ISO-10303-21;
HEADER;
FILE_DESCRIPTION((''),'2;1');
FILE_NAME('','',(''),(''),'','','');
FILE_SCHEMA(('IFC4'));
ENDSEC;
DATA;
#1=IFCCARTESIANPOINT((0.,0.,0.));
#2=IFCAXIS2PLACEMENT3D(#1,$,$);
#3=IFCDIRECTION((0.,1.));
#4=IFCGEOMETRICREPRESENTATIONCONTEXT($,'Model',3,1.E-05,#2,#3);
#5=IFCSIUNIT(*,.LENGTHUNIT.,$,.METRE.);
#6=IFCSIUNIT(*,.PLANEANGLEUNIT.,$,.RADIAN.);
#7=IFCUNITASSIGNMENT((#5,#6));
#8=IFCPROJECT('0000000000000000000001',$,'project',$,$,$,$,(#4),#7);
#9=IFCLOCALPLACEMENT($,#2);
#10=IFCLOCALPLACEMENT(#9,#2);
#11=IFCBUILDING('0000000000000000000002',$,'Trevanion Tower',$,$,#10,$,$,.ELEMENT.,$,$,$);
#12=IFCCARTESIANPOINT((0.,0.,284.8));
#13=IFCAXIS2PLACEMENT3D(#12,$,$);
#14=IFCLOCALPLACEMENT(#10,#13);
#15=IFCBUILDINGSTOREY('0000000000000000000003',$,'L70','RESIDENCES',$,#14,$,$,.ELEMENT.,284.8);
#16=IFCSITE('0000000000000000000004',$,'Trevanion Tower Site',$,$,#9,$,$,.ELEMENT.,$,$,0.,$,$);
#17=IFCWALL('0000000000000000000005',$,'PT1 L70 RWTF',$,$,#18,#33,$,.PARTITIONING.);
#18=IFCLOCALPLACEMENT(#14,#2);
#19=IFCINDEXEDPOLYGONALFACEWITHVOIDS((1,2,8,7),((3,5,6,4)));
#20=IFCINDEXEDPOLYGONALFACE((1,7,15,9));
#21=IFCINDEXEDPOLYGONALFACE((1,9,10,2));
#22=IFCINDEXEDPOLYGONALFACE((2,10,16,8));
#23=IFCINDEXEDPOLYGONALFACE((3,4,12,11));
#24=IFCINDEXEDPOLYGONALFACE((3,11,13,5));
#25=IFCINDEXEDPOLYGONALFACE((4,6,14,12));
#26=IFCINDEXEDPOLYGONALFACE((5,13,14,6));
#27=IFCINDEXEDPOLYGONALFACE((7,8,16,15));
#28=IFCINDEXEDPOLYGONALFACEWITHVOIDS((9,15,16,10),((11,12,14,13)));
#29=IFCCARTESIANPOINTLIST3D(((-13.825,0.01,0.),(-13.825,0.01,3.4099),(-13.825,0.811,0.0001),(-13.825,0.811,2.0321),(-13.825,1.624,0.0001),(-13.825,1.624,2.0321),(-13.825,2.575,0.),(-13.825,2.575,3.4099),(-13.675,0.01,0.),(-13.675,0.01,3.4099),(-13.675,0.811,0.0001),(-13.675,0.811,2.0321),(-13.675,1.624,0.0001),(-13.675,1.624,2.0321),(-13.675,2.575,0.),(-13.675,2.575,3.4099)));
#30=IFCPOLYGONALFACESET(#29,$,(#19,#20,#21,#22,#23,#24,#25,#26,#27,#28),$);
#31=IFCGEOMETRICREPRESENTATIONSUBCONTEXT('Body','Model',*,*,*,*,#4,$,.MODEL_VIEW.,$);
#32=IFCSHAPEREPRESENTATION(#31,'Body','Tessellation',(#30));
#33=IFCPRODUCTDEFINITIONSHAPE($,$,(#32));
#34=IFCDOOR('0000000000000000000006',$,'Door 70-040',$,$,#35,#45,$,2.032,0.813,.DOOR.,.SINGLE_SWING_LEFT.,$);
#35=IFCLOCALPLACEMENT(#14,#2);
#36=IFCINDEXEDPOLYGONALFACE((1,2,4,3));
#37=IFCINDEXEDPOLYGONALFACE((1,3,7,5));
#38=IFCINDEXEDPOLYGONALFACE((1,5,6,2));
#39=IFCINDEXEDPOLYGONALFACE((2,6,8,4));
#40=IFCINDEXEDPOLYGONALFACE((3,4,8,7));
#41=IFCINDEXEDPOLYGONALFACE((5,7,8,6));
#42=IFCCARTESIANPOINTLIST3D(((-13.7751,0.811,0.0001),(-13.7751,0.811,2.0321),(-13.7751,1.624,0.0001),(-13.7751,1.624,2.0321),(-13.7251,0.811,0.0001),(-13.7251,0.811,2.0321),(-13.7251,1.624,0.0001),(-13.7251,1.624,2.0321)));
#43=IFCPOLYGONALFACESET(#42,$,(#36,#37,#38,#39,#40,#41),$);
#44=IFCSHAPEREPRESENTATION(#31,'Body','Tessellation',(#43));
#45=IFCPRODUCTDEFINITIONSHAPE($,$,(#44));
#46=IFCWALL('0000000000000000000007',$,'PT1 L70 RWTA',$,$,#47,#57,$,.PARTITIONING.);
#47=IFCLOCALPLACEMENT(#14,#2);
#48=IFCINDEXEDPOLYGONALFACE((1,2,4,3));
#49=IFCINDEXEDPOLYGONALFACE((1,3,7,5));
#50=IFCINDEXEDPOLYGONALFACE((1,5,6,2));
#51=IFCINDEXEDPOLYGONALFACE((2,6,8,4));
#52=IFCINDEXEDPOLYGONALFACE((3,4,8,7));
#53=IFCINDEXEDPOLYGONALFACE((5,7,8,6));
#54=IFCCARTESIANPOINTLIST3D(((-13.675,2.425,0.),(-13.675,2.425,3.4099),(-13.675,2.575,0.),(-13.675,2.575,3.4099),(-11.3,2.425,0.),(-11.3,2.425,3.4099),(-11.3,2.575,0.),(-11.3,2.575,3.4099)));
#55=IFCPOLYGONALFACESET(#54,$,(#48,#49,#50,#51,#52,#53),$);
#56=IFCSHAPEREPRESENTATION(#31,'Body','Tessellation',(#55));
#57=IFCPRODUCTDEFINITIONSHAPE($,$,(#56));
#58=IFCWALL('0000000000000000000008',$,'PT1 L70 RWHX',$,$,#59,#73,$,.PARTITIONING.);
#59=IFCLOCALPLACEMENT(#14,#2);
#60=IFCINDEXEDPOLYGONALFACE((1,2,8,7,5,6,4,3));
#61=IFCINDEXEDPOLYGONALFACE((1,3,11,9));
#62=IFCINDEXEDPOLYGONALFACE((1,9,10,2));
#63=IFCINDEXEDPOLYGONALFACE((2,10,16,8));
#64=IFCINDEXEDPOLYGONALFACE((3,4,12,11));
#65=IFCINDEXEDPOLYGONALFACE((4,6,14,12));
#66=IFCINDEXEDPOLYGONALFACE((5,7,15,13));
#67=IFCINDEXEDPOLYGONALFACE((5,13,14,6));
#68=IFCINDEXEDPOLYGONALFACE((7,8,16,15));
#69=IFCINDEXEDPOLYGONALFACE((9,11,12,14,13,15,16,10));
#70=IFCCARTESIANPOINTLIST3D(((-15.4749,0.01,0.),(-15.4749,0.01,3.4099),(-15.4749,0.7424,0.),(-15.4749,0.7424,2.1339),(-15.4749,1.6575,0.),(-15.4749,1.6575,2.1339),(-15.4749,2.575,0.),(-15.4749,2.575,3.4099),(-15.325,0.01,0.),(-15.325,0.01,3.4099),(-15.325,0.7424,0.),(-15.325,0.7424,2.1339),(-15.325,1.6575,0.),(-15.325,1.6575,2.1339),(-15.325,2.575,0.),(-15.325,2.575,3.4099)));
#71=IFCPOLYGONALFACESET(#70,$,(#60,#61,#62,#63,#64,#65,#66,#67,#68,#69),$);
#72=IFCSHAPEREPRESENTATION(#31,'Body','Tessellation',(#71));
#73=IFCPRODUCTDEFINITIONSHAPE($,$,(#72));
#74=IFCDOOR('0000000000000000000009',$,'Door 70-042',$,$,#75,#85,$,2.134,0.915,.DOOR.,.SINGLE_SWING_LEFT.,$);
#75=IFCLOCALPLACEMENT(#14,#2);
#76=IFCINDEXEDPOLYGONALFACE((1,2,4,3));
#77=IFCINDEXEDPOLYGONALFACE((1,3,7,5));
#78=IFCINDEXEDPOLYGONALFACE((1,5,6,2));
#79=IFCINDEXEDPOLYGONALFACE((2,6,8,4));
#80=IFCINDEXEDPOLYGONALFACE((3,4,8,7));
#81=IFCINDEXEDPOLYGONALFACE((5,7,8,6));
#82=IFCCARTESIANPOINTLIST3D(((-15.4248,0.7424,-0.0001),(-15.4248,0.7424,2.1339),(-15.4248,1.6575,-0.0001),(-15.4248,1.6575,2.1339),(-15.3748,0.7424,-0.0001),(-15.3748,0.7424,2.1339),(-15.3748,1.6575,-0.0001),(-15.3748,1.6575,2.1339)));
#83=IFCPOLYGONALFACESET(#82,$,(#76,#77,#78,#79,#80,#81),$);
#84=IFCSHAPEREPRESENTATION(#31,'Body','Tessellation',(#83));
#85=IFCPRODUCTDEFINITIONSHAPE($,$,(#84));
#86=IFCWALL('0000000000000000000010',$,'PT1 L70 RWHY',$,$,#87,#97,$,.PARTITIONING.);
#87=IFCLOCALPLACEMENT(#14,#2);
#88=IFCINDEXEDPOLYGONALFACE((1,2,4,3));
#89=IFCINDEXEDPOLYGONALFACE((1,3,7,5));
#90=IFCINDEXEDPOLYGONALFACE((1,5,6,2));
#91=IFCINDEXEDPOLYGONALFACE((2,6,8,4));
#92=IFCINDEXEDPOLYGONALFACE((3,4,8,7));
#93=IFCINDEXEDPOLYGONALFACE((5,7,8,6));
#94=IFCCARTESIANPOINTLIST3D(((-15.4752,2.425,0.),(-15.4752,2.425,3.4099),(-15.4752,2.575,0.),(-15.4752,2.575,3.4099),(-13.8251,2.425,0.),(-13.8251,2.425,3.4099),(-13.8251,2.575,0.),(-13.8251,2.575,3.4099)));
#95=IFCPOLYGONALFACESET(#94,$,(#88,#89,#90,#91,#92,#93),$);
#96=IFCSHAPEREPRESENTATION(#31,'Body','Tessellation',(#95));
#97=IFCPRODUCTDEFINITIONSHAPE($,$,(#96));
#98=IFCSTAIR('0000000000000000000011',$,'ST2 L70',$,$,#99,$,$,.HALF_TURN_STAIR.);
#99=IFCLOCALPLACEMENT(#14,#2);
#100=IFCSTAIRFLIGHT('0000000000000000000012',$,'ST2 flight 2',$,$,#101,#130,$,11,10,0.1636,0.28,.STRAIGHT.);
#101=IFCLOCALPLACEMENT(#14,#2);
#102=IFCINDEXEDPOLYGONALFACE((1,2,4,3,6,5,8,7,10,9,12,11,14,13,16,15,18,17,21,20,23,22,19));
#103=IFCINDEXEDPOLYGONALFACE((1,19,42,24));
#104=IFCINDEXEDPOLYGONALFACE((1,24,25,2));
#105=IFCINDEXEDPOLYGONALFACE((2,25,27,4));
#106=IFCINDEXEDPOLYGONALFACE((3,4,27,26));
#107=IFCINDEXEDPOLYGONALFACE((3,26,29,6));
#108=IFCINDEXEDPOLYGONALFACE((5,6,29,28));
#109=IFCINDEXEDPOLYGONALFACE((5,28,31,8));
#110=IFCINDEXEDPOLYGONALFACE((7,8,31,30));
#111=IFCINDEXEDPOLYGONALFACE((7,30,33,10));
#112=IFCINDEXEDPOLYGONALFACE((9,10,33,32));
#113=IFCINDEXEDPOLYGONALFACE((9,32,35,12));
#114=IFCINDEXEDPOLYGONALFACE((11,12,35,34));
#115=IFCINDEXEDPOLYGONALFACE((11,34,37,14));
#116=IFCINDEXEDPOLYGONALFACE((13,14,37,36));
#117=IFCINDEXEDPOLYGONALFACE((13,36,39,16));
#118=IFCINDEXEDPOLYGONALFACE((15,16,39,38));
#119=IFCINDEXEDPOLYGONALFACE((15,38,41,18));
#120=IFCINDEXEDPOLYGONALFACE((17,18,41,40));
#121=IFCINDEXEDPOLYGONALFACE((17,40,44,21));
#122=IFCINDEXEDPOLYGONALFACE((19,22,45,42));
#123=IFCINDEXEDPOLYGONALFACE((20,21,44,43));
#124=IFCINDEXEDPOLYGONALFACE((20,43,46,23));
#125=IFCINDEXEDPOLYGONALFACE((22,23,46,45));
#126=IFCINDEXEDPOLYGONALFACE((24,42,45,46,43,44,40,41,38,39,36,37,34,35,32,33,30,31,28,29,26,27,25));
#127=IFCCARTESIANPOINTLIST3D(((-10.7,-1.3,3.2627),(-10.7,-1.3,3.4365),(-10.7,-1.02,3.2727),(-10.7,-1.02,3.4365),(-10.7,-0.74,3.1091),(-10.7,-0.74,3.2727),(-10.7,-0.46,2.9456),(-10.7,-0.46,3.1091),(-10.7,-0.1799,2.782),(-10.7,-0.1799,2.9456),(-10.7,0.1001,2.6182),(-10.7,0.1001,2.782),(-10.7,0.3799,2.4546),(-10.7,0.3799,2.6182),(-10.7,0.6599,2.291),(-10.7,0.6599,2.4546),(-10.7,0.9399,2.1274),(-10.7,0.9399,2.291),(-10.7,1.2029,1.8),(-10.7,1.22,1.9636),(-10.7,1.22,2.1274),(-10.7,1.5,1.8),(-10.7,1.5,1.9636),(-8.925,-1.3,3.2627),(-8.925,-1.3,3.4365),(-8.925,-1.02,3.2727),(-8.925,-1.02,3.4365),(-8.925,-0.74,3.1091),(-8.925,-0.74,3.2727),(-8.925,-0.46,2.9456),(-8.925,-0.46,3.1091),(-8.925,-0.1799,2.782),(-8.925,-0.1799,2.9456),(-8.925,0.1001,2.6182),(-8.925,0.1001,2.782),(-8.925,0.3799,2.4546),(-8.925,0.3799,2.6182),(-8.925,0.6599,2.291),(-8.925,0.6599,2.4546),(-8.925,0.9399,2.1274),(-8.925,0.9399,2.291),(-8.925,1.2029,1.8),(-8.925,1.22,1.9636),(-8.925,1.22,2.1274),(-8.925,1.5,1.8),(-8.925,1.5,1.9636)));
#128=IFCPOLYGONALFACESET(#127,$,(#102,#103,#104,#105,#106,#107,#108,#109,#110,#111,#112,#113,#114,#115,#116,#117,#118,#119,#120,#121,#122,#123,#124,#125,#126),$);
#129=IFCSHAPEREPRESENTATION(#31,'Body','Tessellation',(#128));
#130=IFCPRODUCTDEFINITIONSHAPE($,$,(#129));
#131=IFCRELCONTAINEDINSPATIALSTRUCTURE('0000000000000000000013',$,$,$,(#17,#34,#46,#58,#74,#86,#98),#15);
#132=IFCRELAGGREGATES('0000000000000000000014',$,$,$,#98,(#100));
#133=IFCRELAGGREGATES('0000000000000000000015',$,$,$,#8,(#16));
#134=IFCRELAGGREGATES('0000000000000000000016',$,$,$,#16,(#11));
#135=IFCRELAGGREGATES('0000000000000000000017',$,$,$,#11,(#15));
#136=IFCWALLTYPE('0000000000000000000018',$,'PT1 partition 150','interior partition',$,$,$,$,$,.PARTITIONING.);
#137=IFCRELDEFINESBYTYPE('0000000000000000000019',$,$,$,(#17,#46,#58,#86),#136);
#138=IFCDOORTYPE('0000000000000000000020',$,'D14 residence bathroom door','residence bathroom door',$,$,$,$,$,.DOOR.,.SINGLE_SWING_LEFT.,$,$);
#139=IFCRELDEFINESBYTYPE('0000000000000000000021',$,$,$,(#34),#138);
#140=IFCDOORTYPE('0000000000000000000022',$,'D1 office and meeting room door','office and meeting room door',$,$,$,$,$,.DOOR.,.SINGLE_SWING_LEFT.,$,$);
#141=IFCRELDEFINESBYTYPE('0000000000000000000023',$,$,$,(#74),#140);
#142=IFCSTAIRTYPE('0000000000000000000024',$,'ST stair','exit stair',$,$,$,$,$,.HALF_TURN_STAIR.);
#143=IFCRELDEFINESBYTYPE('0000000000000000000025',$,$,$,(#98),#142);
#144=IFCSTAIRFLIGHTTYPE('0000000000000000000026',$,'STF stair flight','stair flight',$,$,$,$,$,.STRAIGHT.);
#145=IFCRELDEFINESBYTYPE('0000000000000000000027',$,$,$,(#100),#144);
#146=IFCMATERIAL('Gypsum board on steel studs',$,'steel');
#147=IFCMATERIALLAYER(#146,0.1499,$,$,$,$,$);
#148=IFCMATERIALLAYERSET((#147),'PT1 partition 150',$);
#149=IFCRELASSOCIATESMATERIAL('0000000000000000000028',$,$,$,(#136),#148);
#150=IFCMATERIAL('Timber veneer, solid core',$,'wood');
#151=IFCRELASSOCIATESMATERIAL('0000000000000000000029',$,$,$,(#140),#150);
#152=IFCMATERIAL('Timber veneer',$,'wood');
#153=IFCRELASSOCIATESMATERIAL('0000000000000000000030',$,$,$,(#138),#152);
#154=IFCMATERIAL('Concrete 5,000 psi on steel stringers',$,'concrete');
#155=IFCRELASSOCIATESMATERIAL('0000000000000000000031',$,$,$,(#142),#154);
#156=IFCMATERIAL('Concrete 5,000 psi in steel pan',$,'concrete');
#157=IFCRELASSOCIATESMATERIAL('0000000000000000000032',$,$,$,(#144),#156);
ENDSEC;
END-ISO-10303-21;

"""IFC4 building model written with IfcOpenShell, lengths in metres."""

from ifc_helpers import new_model, si_unit, direction, frame, frame_2d, origin, place, context, subcontext, project, spatial, polyline, rectangle, outline, extrude, material, layer, layer_set, type_object, element, fill, aggregate, save


model = new_model("IFC4")

# Units and contexts
model_context = context("Model", 3, precision=1e-05, world=origin(), true_north=direction((0.0, 1.0)))
body_context = subcontext(model_context, "Body", "Model", "MODEL_VIEW")
ifc_project = project(units=[si_unit("LENGTHUNIT", "METRE"), si_unit("PLANEANGLEUNIT", "RADIAN")], contexts=[model_context])

# Site, building, storey
site_placement = place(None, origin())
site = spatial("IfcSite", under=ifc_project, at=site_placement, Name="Trevanion Tower Site", CompositionType="ELEMENT", RefElevation=0.0)
building_placement = place(site_placement, origin())
building = spatial("IfcBuilding", under=site, at=building_placement, Name="Trevanion Tower", CompositionType="ELEMENT")
storey_placement = place(building_placement, frame((0.0, 0.0, 284.8)))
storey = spatial("IfcBuildingStorey", under=building, at=storey_placement, Name="L70", Description="RESIDENCES", CompositionType="ELEMENT", Elevation=284.8)

# Wall, opening, door
ifc_material_1 = material(Name="Gypsum board on steel studs", Category="steel")
ifc_layer_1 = layer(ifc_material_1, 0.1499)
ifc_layer_set_1 = layer_set([ifc_layer_1], Name="PT1 partition 150")
wall_type = type_object("IfcWallType", Name="PT1 partition 150", Description="interior partition", PredefinedType="PARTITIONING", material=ifc_layer_set_1)
ifc_material_2 = material(Name="Timber veneer, solid core", Category="wood")
door_type_1 = type_object("IfcDoorType", Name="D1 office and meeting room door", Description="office and meeting room door", OperationType="SINGLE_SWING_LEFT", PredefinedType="DOOR", material=ifc_material_2)
wall_1_placement = place(storey_placement, frame((-13.75, 2.575, 0.0), z_axis=(0.0, 0.0, 1.0), x_axis=(0.0, -1.0, 0.0)))
wall_1 = element("IfcWall", 1, at=wall_1_placement, inside=storey, type_object=wall_type, Name="PT1 L70 RWTF", PredefinedType="PARTITIONING", context=body_context, shape_type="SweptSolid", body=[
    extrude(rectangle(XDim=2.5649, YDim=0.1499, at=frame_2d((1.2825, 0.0))), origin(), (0.0, 0.0, 1.0), 3.4099),
])
opening_1_placement = place(wall_1_placement, frame((0.9509, 0.0, 0.0)))
opening_1 = element("IfcOpeningElement", 2, at=opening_1_placement, cuts=wall_1, PredefinedType="OPENING", context=body_context, shape_type="SweptSolid", body=[
    extrude(rectangle(XDim=0.813, YDim=2.032, at=frame_2d((0.4065, 1.0161))), frame((0.0, 0.085, 0.0), z_axis=(0.0, -1.0, 0.0), x_axis=(1.0, 0.0, 0.0)), (0.0, 0.0, 1.0), 0.1699),
])
ifc_material_3 = material(Name="Timber veneer", Category="wood")
door_type_2 = type_object("IfcDoorType", Name="D14 residence bathroom door", Description="residence bathroom door", OperationType="SINGLE_SWING_LEFT", PredefinedType="DOOR", material=ifc_material_3)
door_1_placement = place(opening_1_placement, origin())
door_1 = element("IfcDoor", 3, at=door_1_placement, inside=storey, type_object=door_type_2, Name="Door 70-040", OperationType="SINGLE_SWING_LEFT", OverallHeight=2.032, OverallWidth=0.813, PredefinedType="DOOR", context=body_context, shape_type="SweptSolid", body=[
    extrude(rectangle(XDim=0.813, YDim=2.032, at=frame_2d((0.4065, 1.0161))), frame((0.0, 0.0249, 0.0), z_axis=(0.0, -1.0, 0.0), x_axis=(1.0, 0.0, 0.0)), (0.0, 0.0, 1.0), 0.05),
])
fill(opening_1, door_1)

# Wall
wall_2_placement = place(storey_placement, frame((-11.3, 2.5, 0.0), z_axis=(0.0, 0.0, 1.0), x_axis=(-1.0, 0.0, 0.0)))
element("IfcWall", 4, at=wall_2_placement, inside=storey, type_object=wall_type, Name="PT1 L70 RWTA", PredefinedType="PARTITIONING", context=body_context, shape_type="SweptSolid", body=[
    extrude(rectangle(XDim=2.375, YDim=0.1499, at=frame_2d((1.1875, 0.0))), origin(), (0.0, 0.0, 1.0), 3.4099),
])

# Wall, opening, door
wall_3_placement = place(storey_placement, frame((-15.3999, 0.01, 0.0), z_axis=(0.0, 0.0, 1.0), x_axis=(0.0, 1.0, 0.0)))
wall_3 = element("IfcWall", 5, at=wall_3_placement, inside=storey, type_object=wall_type, Name="PT1 L70 RWHX", PredefinedType="PARTITIONING", context=body_context, shape_type="SweptSolid", body=[
    extrude(rectangle(XDim=2.5649, YDim=0.1499, at=frame_2d((1.2825, 0.0))), origin(), (0.0, 0.0, 1.0), 3.4099),
])
opening_2_placement = place(wall_3_placement, frame((0.7324, 0.0, 0.0)))
opening_2 = element("IfcOpeningElement", 6, at=opening_2_placement, cuts=wall_3, PredefinedType="OPENING", context=body_context, shape_type="SweptSolid", body=[
    extrude(rectangle(XDim=0.915, YDim=2.134, at=frame_2d((0.4575, 1.0669))), frame((0.0, 0.085, 0.0), z_axis=(0.0, -1.0, 0.0), x_axis=(1.0, 0.0, 0.0)), (0.0, 0.0, 1.0), 0.1699),
])
door_2_placement = place(opening_2_placement, origin())
door_2 = element("IfcDoor", 7, at=door_2_placement, inside=storey, type_object=door_type_1, Name="Door 70-042", OperationType="SINGLE_SWING_LEFT", OverallHeight=2.134, OverallWidth=0.915, PredefinedType="DOOR", context=body_context, shape_type="SweptSolid", body=[
    extrude(rectangle(XDim=0.915, YDim=2.134, at=frame_2d((0.4575, 1.0669))), frame((0.0, 0.0249, 0.0), z_axis=(0.0, -1.0, 0.0), x_axis=(1.0, 0.0, 0.0)), (0.0, 0.0, 1.0), 0.05),
])
fill(opening_2, door_2)

# Wall
wall_4_placement = place(storey_placement, frame((-13.825, 2.5, 0.0), z_axis=(0.0, 0.0, 1.0), x_axis=(-1.0, 0.0, 0.0)))
element("IfcWall", 8, at=wall_4_placement, inside=storey, type_object=wall_type, Name="PT1 L70 RWHY", PredefinedType="PARTITIONING", context=body_context, shape_type="SweptSolid", body=[
    extrude(rectangle(XDim=1.6501, YDim=0.1499, at=frame_2d((0.8252, 0.0))), origin(), (0.0, 0.0, 1.0), 3.4099),
])

# Stair, stair flight
ifc_material_4 = material(Name="Concrete 5,000 psi on steel stringers", Category="concrete")
stair_type = type_object("IfcStairType", Name="ST stair", Description="exit stair", PredefinedType="HALF_TURN_STAIR", material=ifc_material_4)
stair_placement = place(storey_placement, origin())
stair = element("IfcStair", 9, at=stair_placement, inside=storey, type_object=stair_type, Name="ST2 L70", PredefinedType="HALF_TURN_STAIR")
ifc_material_5 = material(Name="Concrete 5,000 psi in steel pan", Category="concrete")
stair_flight_type = type_object("IfcStairFlightType", Name="STF stair flight", Description="stair flight", PredefinedType="STRAIGHT", material=ifc_material_5)
stair_flight_placement = place(storey_placement, frame((-9.8125, 1.5, 1.8), z_axis=(0.0, 0.0, 1.0), x_axis=(0.0, -1.0, 0.0)))
stair_flight = element("IfcStairFlight", 10, at=stair_flight_placement, type_object=stair_flight_type, Name="ST2 flight 2", NumberOfRisers=11, NumberOfTreads=10, PredefinedType="STRAIGHT", RiserHeight=0.1636, TreadLength=0.28, context=body_context, shape_type="SweptSolid", body=[
    extrude(outline(polyline([(0.0, 0.0), (0.0, 0.1636), (0.28, 0.1636), (0.28, 0.3274), (0.5601, 0.3274), (0.5601, 0.491), (0.8401, 0.491), (0.8401, 0.6545), (1.1201, 0.6545), (1.1201, 0.8181), (1.3999, 0.8181), (1.3999, 0.9819), (1.6799, 0.9819), (1.6799, 1.1455), (1.96, 1.1455), (1.96, 1.3091), (2.24, 1.3091), (2.24, 1.4727), (2.52, 1.4727), (2.52, 1.6365), (2.8, 1.6365), (2.8, 1.8), (2.8, 1.4626), (0.2971, 0.0), (0.0, 0.0)])), frame((0.0, 0.8875, 0.0), z_axis=(0.0, -1.0, 0.0), x_axis=(1.0, 0.0, 0.0)), (0.0, 0.0, 1.0), 1.7749),
])
aggregate(stair, [stair_flight])

save(model, "model.ifc")
